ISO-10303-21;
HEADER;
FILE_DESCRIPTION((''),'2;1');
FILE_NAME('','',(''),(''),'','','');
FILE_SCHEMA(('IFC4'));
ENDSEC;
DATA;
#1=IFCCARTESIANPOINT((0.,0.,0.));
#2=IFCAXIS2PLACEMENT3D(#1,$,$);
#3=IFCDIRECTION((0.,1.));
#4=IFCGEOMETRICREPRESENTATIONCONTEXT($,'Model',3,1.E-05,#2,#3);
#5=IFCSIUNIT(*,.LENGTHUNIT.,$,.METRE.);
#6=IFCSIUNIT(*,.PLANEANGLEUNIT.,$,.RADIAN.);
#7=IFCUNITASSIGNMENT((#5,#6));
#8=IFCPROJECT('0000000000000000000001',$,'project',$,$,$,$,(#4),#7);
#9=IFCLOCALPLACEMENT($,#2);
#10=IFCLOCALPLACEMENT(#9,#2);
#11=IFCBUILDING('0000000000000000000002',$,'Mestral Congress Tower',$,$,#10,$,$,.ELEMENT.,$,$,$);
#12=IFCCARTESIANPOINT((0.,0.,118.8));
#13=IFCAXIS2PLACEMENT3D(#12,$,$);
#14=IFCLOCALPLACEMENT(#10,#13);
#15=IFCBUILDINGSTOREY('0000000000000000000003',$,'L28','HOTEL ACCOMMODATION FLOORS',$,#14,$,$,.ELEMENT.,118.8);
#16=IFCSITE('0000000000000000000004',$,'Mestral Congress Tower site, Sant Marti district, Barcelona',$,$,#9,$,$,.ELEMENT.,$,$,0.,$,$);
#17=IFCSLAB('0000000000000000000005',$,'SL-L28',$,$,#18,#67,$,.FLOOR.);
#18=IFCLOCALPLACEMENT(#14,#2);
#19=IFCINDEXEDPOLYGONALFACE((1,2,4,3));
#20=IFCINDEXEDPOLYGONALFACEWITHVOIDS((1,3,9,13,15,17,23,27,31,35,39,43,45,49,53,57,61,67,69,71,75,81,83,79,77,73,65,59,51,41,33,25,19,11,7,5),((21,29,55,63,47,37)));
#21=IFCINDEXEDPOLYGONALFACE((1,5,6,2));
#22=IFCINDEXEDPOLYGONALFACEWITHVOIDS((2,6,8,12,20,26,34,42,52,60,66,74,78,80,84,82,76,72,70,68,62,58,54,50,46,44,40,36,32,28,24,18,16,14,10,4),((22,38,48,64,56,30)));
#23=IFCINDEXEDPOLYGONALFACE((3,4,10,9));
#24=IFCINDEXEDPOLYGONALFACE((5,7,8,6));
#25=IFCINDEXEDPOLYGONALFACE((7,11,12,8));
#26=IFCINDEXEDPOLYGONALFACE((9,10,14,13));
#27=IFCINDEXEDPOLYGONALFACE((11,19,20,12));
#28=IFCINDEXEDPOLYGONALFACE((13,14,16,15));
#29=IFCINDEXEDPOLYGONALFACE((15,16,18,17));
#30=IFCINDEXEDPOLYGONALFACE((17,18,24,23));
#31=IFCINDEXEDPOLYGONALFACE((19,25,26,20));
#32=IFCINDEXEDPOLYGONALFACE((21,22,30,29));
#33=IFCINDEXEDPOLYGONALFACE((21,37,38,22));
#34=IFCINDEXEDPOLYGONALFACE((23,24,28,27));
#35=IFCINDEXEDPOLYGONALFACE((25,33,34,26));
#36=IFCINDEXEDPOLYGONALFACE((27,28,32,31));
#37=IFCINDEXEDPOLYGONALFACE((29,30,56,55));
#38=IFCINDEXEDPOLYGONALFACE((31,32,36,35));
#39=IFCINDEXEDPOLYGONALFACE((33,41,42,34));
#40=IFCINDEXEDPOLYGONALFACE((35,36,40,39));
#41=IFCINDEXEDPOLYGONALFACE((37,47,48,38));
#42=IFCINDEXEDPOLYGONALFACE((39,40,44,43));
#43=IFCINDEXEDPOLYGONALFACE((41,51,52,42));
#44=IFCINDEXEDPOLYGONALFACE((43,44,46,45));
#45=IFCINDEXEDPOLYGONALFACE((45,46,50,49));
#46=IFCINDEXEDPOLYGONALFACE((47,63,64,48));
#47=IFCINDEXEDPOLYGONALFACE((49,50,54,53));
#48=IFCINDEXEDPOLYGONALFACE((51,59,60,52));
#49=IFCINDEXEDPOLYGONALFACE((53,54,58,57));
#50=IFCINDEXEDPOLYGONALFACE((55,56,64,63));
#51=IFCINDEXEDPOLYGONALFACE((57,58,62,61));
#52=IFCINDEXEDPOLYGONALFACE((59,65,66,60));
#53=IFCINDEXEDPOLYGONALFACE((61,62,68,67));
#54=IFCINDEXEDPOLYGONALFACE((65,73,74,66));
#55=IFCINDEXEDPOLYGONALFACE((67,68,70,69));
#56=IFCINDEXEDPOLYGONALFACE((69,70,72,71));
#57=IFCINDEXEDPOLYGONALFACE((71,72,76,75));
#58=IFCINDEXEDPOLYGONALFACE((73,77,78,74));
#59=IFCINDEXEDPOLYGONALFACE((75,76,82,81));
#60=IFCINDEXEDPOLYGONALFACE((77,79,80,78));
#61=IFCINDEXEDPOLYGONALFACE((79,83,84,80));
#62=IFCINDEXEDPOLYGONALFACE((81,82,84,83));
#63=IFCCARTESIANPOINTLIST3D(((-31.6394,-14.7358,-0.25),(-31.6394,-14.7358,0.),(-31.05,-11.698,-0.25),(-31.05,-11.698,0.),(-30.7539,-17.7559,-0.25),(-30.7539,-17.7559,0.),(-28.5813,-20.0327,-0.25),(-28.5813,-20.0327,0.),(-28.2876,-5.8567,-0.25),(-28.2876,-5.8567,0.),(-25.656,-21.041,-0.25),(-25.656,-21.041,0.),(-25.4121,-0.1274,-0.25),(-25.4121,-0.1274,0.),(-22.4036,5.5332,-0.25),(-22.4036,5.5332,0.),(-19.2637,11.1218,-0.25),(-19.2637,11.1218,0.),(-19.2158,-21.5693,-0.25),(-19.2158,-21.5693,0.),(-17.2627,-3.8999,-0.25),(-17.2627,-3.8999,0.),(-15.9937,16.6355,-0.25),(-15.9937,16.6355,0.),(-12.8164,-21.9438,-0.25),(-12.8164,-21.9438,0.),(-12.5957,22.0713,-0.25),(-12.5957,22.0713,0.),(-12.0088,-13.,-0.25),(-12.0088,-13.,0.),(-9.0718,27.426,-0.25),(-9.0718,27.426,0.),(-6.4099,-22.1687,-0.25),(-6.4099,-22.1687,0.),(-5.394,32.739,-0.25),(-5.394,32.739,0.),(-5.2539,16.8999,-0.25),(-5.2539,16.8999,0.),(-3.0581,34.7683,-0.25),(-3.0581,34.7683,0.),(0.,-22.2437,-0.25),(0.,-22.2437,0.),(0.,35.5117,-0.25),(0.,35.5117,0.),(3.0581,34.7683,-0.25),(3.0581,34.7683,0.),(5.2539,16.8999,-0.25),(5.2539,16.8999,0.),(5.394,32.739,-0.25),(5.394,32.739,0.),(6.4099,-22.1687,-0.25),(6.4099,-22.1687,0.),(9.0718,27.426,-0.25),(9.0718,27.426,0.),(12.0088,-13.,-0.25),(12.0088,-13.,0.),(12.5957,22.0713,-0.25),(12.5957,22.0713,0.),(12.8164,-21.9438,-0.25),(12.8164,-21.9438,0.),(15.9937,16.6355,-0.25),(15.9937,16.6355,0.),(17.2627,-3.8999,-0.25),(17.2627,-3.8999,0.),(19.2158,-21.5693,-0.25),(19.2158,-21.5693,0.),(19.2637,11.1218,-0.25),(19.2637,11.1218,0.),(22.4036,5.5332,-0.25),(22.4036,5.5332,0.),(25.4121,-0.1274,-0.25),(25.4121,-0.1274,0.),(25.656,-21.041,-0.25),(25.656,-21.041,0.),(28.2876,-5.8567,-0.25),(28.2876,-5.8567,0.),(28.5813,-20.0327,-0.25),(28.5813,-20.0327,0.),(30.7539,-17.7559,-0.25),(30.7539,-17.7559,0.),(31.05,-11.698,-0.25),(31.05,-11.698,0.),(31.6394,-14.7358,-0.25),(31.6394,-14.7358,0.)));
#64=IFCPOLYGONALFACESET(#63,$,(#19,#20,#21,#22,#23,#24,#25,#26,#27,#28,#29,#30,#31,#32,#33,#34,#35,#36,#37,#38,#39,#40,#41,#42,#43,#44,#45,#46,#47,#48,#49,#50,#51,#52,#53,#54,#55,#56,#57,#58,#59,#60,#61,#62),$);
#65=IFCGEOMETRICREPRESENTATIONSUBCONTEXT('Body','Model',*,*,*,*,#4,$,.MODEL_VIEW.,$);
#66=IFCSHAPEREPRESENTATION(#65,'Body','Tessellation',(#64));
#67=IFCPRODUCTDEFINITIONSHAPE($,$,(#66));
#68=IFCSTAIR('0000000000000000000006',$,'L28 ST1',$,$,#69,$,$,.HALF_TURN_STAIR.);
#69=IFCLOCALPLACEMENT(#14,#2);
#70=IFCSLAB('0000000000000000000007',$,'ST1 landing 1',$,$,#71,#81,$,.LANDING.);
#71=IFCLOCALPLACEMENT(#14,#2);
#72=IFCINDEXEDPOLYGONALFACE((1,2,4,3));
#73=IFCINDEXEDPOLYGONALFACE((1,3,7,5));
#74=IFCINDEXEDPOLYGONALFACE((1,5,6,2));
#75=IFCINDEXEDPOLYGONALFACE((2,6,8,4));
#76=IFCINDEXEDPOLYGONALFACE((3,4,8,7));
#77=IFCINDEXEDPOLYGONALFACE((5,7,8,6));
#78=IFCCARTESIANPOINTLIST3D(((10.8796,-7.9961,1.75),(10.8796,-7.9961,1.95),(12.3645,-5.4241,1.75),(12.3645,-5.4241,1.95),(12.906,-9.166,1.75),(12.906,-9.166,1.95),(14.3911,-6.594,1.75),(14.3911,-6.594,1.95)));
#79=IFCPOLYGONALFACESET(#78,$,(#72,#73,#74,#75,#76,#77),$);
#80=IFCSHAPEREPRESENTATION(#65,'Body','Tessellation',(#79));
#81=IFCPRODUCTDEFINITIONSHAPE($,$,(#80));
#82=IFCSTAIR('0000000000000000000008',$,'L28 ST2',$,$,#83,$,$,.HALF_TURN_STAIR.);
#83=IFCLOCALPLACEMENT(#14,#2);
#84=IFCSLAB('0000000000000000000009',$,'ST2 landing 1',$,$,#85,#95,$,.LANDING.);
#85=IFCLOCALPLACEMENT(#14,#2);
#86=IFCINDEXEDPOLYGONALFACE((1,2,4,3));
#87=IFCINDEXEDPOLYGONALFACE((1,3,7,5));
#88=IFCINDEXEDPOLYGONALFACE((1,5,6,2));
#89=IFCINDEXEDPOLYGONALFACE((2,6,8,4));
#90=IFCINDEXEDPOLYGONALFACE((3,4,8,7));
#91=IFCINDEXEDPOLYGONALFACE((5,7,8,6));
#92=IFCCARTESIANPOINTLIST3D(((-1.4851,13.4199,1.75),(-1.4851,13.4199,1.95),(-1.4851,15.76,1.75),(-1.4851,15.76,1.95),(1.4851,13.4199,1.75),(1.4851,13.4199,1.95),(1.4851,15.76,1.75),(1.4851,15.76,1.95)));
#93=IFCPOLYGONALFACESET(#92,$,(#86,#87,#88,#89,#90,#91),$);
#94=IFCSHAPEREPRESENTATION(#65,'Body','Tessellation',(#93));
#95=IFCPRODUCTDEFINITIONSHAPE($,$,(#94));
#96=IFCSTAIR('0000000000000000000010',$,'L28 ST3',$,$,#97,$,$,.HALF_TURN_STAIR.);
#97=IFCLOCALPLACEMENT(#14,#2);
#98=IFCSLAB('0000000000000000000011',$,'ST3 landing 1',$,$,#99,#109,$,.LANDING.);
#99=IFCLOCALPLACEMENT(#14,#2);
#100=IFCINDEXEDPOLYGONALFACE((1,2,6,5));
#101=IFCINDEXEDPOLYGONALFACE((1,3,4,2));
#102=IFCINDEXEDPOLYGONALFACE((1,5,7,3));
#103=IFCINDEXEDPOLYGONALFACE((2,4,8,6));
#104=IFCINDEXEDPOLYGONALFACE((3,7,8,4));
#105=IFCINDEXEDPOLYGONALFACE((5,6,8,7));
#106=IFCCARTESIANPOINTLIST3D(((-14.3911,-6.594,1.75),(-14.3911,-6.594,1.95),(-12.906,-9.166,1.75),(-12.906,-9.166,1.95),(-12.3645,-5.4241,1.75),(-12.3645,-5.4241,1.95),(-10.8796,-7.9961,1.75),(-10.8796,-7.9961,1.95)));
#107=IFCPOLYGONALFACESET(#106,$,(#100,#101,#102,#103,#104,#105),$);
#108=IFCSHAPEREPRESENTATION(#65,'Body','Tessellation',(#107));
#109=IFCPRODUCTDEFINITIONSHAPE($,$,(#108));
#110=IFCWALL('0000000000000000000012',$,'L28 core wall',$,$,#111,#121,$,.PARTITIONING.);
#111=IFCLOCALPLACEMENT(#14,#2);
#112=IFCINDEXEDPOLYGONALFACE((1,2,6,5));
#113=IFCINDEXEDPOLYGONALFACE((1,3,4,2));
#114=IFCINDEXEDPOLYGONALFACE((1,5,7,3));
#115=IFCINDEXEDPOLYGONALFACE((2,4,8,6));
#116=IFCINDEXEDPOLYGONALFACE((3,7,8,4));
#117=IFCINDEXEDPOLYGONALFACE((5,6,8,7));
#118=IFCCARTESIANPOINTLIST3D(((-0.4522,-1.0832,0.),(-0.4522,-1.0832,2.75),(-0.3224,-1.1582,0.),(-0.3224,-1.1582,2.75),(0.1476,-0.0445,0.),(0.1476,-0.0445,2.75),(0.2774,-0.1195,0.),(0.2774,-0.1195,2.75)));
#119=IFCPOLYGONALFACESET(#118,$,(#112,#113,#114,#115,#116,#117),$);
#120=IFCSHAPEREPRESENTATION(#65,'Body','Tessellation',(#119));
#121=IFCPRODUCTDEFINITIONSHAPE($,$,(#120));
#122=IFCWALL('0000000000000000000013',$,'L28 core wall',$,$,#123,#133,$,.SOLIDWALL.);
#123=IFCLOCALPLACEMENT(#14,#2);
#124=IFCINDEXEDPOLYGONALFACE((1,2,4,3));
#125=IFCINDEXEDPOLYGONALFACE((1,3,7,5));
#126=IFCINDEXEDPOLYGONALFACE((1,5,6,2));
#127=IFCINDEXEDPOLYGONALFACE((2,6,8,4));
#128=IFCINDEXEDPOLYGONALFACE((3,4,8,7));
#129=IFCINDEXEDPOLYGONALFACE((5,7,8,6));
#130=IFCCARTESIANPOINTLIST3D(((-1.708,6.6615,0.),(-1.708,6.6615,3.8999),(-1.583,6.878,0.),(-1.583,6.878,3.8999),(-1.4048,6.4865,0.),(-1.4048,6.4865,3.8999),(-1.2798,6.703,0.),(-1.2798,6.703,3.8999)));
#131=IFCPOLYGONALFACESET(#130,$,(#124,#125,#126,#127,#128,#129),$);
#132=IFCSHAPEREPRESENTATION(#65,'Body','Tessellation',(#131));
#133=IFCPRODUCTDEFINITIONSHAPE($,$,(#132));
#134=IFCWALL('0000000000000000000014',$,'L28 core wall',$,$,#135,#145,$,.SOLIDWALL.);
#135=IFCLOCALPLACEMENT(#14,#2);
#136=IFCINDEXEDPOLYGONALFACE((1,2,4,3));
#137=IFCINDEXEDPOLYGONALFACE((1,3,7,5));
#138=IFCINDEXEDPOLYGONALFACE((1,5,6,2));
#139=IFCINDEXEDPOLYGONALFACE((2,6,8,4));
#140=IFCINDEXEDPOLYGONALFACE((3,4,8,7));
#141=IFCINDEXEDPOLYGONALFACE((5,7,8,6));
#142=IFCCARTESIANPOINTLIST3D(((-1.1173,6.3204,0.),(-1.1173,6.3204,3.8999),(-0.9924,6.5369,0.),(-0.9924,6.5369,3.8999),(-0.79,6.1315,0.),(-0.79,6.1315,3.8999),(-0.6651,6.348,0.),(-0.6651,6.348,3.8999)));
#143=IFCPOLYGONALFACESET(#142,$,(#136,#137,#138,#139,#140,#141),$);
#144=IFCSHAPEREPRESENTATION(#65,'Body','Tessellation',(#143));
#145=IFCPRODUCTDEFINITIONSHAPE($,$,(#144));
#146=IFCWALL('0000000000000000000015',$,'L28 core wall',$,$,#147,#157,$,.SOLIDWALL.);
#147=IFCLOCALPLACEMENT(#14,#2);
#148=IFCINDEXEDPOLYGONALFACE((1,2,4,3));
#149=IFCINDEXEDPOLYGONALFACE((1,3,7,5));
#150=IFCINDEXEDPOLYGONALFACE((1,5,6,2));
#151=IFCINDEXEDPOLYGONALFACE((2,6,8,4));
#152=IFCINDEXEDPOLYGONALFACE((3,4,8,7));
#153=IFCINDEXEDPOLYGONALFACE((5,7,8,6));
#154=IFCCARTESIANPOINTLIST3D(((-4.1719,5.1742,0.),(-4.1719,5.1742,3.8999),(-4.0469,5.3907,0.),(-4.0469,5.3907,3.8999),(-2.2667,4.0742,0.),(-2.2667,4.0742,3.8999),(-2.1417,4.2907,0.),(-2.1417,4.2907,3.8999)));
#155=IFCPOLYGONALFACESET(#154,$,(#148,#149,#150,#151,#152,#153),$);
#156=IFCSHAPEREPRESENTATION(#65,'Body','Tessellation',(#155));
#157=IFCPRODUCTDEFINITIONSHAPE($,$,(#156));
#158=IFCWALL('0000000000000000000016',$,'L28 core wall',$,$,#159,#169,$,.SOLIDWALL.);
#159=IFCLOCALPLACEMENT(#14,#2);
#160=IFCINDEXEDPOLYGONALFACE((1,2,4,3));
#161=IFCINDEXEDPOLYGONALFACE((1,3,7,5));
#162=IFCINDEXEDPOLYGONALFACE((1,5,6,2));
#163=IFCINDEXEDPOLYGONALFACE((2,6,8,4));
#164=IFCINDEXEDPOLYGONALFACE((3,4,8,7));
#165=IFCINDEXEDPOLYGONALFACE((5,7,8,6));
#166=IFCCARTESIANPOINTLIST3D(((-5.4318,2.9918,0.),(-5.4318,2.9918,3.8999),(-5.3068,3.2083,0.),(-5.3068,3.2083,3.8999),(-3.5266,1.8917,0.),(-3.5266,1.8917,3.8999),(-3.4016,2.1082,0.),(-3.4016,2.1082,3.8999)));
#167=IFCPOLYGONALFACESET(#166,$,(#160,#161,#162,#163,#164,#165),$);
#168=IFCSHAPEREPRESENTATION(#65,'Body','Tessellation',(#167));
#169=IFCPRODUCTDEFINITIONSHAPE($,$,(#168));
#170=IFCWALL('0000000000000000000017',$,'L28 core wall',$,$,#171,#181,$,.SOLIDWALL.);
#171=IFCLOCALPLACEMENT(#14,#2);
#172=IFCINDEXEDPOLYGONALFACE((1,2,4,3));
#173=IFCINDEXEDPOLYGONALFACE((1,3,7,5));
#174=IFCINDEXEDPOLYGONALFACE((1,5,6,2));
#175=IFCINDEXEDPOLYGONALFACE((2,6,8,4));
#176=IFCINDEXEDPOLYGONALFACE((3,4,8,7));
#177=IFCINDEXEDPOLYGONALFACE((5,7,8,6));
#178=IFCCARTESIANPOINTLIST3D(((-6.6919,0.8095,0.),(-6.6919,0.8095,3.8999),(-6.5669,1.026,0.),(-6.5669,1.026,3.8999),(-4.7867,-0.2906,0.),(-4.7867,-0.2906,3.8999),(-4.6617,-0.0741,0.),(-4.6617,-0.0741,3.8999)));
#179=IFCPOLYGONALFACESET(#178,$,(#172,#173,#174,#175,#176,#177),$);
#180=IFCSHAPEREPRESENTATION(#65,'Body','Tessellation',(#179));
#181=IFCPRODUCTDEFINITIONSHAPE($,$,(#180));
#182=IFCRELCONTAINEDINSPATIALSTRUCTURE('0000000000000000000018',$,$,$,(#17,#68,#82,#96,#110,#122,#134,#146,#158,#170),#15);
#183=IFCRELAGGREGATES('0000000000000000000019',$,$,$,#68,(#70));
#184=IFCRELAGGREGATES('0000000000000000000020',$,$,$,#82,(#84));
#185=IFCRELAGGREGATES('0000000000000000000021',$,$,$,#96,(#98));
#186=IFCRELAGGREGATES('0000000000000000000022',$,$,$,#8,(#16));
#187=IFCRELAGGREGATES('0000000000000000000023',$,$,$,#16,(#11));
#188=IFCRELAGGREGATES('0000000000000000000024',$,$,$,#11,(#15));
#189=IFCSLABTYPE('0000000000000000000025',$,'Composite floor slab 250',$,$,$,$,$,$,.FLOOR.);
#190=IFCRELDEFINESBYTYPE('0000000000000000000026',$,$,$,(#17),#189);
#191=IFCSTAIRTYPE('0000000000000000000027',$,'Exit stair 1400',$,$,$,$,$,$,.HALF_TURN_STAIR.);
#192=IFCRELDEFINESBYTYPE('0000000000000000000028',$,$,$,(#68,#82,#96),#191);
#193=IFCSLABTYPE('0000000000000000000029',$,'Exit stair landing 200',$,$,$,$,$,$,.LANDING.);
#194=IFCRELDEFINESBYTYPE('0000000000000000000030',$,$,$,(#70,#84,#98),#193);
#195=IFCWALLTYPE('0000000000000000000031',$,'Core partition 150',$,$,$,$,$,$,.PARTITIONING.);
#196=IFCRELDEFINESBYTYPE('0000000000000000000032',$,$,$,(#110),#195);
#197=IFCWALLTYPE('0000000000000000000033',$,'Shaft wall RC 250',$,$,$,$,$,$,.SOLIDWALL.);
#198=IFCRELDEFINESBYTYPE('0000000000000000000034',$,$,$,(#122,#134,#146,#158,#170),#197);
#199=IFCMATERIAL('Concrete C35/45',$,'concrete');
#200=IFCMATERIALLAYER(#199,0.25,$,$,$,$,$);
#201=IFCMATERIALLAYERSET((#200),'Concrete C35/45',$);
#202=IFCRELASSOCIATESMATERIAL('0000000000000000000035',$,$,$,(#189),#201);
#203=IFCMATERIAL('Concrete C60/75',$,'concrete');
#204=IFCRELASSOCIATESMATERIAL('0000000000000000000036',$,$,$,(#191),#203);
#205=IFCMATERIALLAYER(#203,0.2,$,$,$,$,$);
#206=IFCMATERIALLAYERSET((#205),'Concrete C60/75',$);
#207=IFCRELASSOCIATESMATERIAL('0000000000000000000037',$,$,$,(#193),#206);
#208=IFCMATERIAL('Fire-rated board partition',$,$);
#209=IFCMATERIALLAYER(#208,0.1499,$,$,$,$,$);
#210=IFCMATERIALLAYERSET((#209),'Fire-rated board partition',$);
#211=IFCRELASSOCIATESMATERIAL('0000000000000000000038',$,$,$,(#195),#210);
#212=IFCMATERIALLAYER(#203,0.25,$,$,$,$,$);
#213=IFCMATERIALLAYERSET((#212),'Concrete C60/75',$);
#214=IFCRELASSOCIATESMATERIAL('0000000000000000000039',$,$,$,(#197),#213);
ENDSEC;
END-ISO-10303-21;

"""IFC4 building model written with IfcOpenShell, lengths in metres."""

from ifc_helpers import new_model, si_unit, direction, frame, frame_2d, origin, place, context, subcontext, project, spatial, polyline, rectangle, outline, extrude, material, layer, layer_set, type_object, element, aggregate, save


model = new_model("IFC4")

# Units and contexts
model_context = context("Model", 3, precision=1e-05, world=origin(), true_north=direction((0.0, 1.0)))
body_context = subcontext(model_context, "Body", "Model", "MODEL_VIEW")
ifc_project = project(units=[si_unit("LENGTHUNIT", "METRE"), si_unit("PLANEANGLEUNIT", "RADIAN")], contexts=[model_context])

# Site, building, storey
site_placement = place(None, origin())
site = spatial("IfcSite", under=ifc_project, at=site_placement, Name="Mestral Congress Tower site, Sant Marti district, Barcelona", CompositionType="ELEMENT", RefElevation=0.0)
building_placement = place(site_placement, origin())
building = spatial("IfcBuilding", under=site, at=building_placement, Name="Mestral Congress Tower", CompositionType="ELEMENT")
storey_placement = place(building_placement, frame((0.0, 0.0, 118.8)))
storey = spatial("IfcBuildingStorey", under=building, at=storey_placement, Name="L28", Description="HOTEL ACCOMMODATION FLOORS", CompositionType="ELEMENT", Elevation=118.8)

# Slab
ifc_material_1 = material(Name="Concrete C35/45", Category="concrete")
ifc_layer_1 = layer(ifc_material_1, 0.25)
ifc_layer_set_1 = layer_set([ifc_layer_1], Name="Concrete C35/45")
slab_type_1 = type_object("IfcSlabType", Name="Composite floor slab 250", PredefinedType="FLOOR", material=ifc_layer_set_1)
slab_1_placement = place(storey_placement, frame((0.0, 0.0, -0.25)))
element("IfcSlab", 1, at=slab_1_placement, inside=storey, type_object=slab_type_1, Name="SL-L28", PredefinedType="FLOOR", context=body_context, shape_type="SweptSolid", body=[
    extrude(outline(polyline([(-25.656, -21.041), (-28.5813, -20.0327), (-30.7539, -17.7559), (-31.6394, -14.7358), (-31.05, -11.698), (-28.2876, -5.8567), (-25.4121, -0.1274), (-22.4036, 5.5332), (-19.2637, 11.1218), (-15.9937, 16.6355), (-12.5957, 22.0713), (-9.0718, 27.426), (-5.394, 32.739), (-3.0581, 34.7683), (0.0, 35.5117), (3.0581, 34.7683), (5.394, 32.739), (9.0718, 27.426), (12.5957, 22.0713), (15.9937, 16.6355), (19.2637, 11.1218), (22.4036, 5.5332), (25.4121, -0.1274), (28.2876, -5.8567), (31.05, -11.698), (31.6394, -14.7358), (30.7539, -17.7559), (28.5813, -20.0327), (25.656, -21.041), (19.2158, -21.5693), (12.8164, -21.9438), (6.4099, -22.1687), (0.0, -22.2437), (-6.4099, -22.1687), (-12.8164, -21.9438), (-19.2158, -21.5693), (-25.656, -21.041)]), holes=[polyline([(-5.2539, 16.8999), (-17.2627, -3.8999), (-12.0088, -13.0), (12.0088, -13.0), (17.2627, -3.8999), (5.2539, 16.8999), (-5.2539, 16.8999)])]), origin(), (0.0, 0.0, 1.0), 0.25),
])

# Stairs, slabs
ifc_material_2 = material(Name="Concrete C60/75", Category="concrete")
stair_type = type_object("IfcStairType", Name="Exit stair 1400", PredefinedType="HALF_TURN_STAIR", material=ifc_material_2)
placement_1 = place(storey_placement, origin())
stair_1 = element("IfcStair", 2, at=placement_1, inside=storey, type_object=stair_type, Name="L28 ST1", PredefinedType="HALF_TURN_STAIR")
ifc_layer_2 = layer(ifc_material_2, 0.2)
ifc_layer_set_2 = layer_set([ifc_layer_2], Name="Concrete C60/75")
slab_type_2 = type_object("IfcSlabType", Name="Exit stair landing 200", PredefinedType="LANDING", material=ifc_layer_set_2)
placement_2 = place(storey_placement, frame((0.0, 0.0, 1.75)))
slab_2 = element("IfcSlab", 3, at=placement_2, type_object=slab_type_2, Name="ST1 landing 1", PredefinedType="LANDING", context=body_context, shape_type="SweptSolid", body=[
    extrude(outline(polyline([(10.8796, -7.9961), (12.3645, -5.4241), (14.3911, -6.594), (12.906, -9.166), (10.8796, -7.9961)])), origin(), (0.0, 0.0, 1.0), 0.2),
])
aggregate(stair_1, [slab_2])
stair_2 = element("IfcStair", 4, at=placement_1, inside=storey, type_object=stair_type, Name="L28 ST2", PredefinedType="HALF_TURN_STAIR")
slab_3 = element("IfcSlab", 5, at=placement_2, type_object=slab_type_2, Name="ST2 landing 1", PredefinedType="LANDING", context=body_context, shape_type="SweptSolid", body=[
    extrude(outline(polyline([(1.4851, 13.4199), (-1.4851, 13.4199), (-1.4851, 15.76), (1.4851, 15.76), (1.4851, 13.4199)])), origin(), (0.0, 0.0, 1.0), 0.2),
])
aggregate(stair_2, [slab_3])
stair_3 = element("IfcStair", 6, at=placement_1, inside=storey, type_object=stair_type, Name="L28 ST3", PredefinedType="HALF_TURN_STAIR")
slab_4 = element("IfcSlab", 7, at=placement_2, type_object=slab_type_2, Name="ST3 landing 1", PredefinedType="LANDING", context=body_context, shape_type="SweptSolid", body=[
    extrude(outline(polyline([(-12.3645, -5.4241), (-10.8796, -7.9961), (-12.906, -9.166), (-14.3911, -6.594), (-12.3645, -5.4241)])), origin(), (0.0, 0.0, 1.0), 0.2),
])
aggregate(stair_3, [slab_4])

# Walls
ifc_material_3 = material(Name="Fire-rated board partition")
ifc_layer_3 = layer(ifc_material_3, 0.1499)
ifc_layer_set_3 = layer_set([ifc_layer_3], Name="Fire-rated board partition")
wall_type_1 = type_object("IfcWallType", Name="Core partition 150", PredefinedType="PARTITIONING", material=ifc_layer_set_3)
wall_1_placement = place(storey_placement, frame((-0.3872, -1.1206, 0.0), z_axis=(0.0, 0.0, 1.0), x_axis=(0.500057, 0.865992, 0.0)))
element("IfcWall", 8, at=wall_1_placement, inside=storey, type_object=wall_type_1, Name="L28 core wall", PredefinedType="PARTITIONING", context=body_context, shape_type="SweptSolid", body=[
    extrude(rectangle(XDim=1.1995, YDim=0.1499, at=frame_2d((0.5996, 0.0))), origin(), (0.0, 0.0, 1.0), 2.75),
])
ifc_layer_4 = layer(ifc_material_2, 0.25)
ifc_layer_set_4 = layer_set([ifc_layer_4], Name="Concrete C60/75")
wall_type_2 = type_object("IfcWallType", Name="Shaft wall RC 250", PredefinedType="SOLIDWALL", material=ifc_layer_set_4)
wall_2_placement = place(storey_placement, frame((-1.3423, 6.5947, 0.0), z_axis=(0.0, 0.0, 1.0), x_axis=(-0.866046, 0.499964, 0.0)))
element("IfcWall", 9, at=wall_2_placement, inside=storey, type_object=wall_type_2, Name="L28 core wall", PredefinedType="SOLIDWALL", context=body_context, shape_type="SweptSolid", body=[
    extrude(rectangle(XDim=0.3501, YDim=0.25, at=frame_2d((0.175, 0.0))), origin(), (0.0, 0.0, 1.0), 3.8999),
])
wall_3_placement = place(storey_placement, frame((-0.7275, 6.2397, 0.0), z_axis=(0.0, 0.0, 1.0), x_axis=(-0.866089, 0.49989, 0.0)))
element("IfcWall", 10, at=wall_3_placement, inside=storey, type_object=wall_type_2, Name="L28 core wall", PredefinedType="SOLIDWALL", context=body_context, shape_type="SweptSolid", body=[
    extrude(rectangle(XDim=0.3779, YDim=0.25, at=frame_2d((0.189, 0.0))), origin(), (0.0, 0.0, 1.0), 3.8999),
])
for number, where, z_axis, x_axis, name in (
    (11, (-2.2041, 4.1824, 0.0), (0.0, 0.0, 1.0), (-0.866008, 0.50003, 0.0), "L28 core wall"),
    (12, (-5.3694, 3.1001, 0.0), (0.0, 0.0, 1.0), (0.866008, -0.50003, 0.0), "L28 core wall"),
    (13, (-4.7241, -0.1824, 0.0), (0.0, 0.0, 1.0), (-0.866008, 0.50003, 0.0), "L28 core wall"),
):
    element("IfcWall", number, at=place(storey_placement, frame(where, z_axis=z_axis, x_axis=x_axis)), inside=storey, type_object=wall_type_2, Name=name, PredefinedType="SOLIDWALL", context=body_context, shape_type="SweptSolid", body=[
        extrude(rectangle(XDim=2.2, YDim=0.25, at=frame_2d((1.1001, 0.0))), origin(), (0.0, 0.0, 1.0), 3.8999),
    ])

save(model, "model.ifc")
